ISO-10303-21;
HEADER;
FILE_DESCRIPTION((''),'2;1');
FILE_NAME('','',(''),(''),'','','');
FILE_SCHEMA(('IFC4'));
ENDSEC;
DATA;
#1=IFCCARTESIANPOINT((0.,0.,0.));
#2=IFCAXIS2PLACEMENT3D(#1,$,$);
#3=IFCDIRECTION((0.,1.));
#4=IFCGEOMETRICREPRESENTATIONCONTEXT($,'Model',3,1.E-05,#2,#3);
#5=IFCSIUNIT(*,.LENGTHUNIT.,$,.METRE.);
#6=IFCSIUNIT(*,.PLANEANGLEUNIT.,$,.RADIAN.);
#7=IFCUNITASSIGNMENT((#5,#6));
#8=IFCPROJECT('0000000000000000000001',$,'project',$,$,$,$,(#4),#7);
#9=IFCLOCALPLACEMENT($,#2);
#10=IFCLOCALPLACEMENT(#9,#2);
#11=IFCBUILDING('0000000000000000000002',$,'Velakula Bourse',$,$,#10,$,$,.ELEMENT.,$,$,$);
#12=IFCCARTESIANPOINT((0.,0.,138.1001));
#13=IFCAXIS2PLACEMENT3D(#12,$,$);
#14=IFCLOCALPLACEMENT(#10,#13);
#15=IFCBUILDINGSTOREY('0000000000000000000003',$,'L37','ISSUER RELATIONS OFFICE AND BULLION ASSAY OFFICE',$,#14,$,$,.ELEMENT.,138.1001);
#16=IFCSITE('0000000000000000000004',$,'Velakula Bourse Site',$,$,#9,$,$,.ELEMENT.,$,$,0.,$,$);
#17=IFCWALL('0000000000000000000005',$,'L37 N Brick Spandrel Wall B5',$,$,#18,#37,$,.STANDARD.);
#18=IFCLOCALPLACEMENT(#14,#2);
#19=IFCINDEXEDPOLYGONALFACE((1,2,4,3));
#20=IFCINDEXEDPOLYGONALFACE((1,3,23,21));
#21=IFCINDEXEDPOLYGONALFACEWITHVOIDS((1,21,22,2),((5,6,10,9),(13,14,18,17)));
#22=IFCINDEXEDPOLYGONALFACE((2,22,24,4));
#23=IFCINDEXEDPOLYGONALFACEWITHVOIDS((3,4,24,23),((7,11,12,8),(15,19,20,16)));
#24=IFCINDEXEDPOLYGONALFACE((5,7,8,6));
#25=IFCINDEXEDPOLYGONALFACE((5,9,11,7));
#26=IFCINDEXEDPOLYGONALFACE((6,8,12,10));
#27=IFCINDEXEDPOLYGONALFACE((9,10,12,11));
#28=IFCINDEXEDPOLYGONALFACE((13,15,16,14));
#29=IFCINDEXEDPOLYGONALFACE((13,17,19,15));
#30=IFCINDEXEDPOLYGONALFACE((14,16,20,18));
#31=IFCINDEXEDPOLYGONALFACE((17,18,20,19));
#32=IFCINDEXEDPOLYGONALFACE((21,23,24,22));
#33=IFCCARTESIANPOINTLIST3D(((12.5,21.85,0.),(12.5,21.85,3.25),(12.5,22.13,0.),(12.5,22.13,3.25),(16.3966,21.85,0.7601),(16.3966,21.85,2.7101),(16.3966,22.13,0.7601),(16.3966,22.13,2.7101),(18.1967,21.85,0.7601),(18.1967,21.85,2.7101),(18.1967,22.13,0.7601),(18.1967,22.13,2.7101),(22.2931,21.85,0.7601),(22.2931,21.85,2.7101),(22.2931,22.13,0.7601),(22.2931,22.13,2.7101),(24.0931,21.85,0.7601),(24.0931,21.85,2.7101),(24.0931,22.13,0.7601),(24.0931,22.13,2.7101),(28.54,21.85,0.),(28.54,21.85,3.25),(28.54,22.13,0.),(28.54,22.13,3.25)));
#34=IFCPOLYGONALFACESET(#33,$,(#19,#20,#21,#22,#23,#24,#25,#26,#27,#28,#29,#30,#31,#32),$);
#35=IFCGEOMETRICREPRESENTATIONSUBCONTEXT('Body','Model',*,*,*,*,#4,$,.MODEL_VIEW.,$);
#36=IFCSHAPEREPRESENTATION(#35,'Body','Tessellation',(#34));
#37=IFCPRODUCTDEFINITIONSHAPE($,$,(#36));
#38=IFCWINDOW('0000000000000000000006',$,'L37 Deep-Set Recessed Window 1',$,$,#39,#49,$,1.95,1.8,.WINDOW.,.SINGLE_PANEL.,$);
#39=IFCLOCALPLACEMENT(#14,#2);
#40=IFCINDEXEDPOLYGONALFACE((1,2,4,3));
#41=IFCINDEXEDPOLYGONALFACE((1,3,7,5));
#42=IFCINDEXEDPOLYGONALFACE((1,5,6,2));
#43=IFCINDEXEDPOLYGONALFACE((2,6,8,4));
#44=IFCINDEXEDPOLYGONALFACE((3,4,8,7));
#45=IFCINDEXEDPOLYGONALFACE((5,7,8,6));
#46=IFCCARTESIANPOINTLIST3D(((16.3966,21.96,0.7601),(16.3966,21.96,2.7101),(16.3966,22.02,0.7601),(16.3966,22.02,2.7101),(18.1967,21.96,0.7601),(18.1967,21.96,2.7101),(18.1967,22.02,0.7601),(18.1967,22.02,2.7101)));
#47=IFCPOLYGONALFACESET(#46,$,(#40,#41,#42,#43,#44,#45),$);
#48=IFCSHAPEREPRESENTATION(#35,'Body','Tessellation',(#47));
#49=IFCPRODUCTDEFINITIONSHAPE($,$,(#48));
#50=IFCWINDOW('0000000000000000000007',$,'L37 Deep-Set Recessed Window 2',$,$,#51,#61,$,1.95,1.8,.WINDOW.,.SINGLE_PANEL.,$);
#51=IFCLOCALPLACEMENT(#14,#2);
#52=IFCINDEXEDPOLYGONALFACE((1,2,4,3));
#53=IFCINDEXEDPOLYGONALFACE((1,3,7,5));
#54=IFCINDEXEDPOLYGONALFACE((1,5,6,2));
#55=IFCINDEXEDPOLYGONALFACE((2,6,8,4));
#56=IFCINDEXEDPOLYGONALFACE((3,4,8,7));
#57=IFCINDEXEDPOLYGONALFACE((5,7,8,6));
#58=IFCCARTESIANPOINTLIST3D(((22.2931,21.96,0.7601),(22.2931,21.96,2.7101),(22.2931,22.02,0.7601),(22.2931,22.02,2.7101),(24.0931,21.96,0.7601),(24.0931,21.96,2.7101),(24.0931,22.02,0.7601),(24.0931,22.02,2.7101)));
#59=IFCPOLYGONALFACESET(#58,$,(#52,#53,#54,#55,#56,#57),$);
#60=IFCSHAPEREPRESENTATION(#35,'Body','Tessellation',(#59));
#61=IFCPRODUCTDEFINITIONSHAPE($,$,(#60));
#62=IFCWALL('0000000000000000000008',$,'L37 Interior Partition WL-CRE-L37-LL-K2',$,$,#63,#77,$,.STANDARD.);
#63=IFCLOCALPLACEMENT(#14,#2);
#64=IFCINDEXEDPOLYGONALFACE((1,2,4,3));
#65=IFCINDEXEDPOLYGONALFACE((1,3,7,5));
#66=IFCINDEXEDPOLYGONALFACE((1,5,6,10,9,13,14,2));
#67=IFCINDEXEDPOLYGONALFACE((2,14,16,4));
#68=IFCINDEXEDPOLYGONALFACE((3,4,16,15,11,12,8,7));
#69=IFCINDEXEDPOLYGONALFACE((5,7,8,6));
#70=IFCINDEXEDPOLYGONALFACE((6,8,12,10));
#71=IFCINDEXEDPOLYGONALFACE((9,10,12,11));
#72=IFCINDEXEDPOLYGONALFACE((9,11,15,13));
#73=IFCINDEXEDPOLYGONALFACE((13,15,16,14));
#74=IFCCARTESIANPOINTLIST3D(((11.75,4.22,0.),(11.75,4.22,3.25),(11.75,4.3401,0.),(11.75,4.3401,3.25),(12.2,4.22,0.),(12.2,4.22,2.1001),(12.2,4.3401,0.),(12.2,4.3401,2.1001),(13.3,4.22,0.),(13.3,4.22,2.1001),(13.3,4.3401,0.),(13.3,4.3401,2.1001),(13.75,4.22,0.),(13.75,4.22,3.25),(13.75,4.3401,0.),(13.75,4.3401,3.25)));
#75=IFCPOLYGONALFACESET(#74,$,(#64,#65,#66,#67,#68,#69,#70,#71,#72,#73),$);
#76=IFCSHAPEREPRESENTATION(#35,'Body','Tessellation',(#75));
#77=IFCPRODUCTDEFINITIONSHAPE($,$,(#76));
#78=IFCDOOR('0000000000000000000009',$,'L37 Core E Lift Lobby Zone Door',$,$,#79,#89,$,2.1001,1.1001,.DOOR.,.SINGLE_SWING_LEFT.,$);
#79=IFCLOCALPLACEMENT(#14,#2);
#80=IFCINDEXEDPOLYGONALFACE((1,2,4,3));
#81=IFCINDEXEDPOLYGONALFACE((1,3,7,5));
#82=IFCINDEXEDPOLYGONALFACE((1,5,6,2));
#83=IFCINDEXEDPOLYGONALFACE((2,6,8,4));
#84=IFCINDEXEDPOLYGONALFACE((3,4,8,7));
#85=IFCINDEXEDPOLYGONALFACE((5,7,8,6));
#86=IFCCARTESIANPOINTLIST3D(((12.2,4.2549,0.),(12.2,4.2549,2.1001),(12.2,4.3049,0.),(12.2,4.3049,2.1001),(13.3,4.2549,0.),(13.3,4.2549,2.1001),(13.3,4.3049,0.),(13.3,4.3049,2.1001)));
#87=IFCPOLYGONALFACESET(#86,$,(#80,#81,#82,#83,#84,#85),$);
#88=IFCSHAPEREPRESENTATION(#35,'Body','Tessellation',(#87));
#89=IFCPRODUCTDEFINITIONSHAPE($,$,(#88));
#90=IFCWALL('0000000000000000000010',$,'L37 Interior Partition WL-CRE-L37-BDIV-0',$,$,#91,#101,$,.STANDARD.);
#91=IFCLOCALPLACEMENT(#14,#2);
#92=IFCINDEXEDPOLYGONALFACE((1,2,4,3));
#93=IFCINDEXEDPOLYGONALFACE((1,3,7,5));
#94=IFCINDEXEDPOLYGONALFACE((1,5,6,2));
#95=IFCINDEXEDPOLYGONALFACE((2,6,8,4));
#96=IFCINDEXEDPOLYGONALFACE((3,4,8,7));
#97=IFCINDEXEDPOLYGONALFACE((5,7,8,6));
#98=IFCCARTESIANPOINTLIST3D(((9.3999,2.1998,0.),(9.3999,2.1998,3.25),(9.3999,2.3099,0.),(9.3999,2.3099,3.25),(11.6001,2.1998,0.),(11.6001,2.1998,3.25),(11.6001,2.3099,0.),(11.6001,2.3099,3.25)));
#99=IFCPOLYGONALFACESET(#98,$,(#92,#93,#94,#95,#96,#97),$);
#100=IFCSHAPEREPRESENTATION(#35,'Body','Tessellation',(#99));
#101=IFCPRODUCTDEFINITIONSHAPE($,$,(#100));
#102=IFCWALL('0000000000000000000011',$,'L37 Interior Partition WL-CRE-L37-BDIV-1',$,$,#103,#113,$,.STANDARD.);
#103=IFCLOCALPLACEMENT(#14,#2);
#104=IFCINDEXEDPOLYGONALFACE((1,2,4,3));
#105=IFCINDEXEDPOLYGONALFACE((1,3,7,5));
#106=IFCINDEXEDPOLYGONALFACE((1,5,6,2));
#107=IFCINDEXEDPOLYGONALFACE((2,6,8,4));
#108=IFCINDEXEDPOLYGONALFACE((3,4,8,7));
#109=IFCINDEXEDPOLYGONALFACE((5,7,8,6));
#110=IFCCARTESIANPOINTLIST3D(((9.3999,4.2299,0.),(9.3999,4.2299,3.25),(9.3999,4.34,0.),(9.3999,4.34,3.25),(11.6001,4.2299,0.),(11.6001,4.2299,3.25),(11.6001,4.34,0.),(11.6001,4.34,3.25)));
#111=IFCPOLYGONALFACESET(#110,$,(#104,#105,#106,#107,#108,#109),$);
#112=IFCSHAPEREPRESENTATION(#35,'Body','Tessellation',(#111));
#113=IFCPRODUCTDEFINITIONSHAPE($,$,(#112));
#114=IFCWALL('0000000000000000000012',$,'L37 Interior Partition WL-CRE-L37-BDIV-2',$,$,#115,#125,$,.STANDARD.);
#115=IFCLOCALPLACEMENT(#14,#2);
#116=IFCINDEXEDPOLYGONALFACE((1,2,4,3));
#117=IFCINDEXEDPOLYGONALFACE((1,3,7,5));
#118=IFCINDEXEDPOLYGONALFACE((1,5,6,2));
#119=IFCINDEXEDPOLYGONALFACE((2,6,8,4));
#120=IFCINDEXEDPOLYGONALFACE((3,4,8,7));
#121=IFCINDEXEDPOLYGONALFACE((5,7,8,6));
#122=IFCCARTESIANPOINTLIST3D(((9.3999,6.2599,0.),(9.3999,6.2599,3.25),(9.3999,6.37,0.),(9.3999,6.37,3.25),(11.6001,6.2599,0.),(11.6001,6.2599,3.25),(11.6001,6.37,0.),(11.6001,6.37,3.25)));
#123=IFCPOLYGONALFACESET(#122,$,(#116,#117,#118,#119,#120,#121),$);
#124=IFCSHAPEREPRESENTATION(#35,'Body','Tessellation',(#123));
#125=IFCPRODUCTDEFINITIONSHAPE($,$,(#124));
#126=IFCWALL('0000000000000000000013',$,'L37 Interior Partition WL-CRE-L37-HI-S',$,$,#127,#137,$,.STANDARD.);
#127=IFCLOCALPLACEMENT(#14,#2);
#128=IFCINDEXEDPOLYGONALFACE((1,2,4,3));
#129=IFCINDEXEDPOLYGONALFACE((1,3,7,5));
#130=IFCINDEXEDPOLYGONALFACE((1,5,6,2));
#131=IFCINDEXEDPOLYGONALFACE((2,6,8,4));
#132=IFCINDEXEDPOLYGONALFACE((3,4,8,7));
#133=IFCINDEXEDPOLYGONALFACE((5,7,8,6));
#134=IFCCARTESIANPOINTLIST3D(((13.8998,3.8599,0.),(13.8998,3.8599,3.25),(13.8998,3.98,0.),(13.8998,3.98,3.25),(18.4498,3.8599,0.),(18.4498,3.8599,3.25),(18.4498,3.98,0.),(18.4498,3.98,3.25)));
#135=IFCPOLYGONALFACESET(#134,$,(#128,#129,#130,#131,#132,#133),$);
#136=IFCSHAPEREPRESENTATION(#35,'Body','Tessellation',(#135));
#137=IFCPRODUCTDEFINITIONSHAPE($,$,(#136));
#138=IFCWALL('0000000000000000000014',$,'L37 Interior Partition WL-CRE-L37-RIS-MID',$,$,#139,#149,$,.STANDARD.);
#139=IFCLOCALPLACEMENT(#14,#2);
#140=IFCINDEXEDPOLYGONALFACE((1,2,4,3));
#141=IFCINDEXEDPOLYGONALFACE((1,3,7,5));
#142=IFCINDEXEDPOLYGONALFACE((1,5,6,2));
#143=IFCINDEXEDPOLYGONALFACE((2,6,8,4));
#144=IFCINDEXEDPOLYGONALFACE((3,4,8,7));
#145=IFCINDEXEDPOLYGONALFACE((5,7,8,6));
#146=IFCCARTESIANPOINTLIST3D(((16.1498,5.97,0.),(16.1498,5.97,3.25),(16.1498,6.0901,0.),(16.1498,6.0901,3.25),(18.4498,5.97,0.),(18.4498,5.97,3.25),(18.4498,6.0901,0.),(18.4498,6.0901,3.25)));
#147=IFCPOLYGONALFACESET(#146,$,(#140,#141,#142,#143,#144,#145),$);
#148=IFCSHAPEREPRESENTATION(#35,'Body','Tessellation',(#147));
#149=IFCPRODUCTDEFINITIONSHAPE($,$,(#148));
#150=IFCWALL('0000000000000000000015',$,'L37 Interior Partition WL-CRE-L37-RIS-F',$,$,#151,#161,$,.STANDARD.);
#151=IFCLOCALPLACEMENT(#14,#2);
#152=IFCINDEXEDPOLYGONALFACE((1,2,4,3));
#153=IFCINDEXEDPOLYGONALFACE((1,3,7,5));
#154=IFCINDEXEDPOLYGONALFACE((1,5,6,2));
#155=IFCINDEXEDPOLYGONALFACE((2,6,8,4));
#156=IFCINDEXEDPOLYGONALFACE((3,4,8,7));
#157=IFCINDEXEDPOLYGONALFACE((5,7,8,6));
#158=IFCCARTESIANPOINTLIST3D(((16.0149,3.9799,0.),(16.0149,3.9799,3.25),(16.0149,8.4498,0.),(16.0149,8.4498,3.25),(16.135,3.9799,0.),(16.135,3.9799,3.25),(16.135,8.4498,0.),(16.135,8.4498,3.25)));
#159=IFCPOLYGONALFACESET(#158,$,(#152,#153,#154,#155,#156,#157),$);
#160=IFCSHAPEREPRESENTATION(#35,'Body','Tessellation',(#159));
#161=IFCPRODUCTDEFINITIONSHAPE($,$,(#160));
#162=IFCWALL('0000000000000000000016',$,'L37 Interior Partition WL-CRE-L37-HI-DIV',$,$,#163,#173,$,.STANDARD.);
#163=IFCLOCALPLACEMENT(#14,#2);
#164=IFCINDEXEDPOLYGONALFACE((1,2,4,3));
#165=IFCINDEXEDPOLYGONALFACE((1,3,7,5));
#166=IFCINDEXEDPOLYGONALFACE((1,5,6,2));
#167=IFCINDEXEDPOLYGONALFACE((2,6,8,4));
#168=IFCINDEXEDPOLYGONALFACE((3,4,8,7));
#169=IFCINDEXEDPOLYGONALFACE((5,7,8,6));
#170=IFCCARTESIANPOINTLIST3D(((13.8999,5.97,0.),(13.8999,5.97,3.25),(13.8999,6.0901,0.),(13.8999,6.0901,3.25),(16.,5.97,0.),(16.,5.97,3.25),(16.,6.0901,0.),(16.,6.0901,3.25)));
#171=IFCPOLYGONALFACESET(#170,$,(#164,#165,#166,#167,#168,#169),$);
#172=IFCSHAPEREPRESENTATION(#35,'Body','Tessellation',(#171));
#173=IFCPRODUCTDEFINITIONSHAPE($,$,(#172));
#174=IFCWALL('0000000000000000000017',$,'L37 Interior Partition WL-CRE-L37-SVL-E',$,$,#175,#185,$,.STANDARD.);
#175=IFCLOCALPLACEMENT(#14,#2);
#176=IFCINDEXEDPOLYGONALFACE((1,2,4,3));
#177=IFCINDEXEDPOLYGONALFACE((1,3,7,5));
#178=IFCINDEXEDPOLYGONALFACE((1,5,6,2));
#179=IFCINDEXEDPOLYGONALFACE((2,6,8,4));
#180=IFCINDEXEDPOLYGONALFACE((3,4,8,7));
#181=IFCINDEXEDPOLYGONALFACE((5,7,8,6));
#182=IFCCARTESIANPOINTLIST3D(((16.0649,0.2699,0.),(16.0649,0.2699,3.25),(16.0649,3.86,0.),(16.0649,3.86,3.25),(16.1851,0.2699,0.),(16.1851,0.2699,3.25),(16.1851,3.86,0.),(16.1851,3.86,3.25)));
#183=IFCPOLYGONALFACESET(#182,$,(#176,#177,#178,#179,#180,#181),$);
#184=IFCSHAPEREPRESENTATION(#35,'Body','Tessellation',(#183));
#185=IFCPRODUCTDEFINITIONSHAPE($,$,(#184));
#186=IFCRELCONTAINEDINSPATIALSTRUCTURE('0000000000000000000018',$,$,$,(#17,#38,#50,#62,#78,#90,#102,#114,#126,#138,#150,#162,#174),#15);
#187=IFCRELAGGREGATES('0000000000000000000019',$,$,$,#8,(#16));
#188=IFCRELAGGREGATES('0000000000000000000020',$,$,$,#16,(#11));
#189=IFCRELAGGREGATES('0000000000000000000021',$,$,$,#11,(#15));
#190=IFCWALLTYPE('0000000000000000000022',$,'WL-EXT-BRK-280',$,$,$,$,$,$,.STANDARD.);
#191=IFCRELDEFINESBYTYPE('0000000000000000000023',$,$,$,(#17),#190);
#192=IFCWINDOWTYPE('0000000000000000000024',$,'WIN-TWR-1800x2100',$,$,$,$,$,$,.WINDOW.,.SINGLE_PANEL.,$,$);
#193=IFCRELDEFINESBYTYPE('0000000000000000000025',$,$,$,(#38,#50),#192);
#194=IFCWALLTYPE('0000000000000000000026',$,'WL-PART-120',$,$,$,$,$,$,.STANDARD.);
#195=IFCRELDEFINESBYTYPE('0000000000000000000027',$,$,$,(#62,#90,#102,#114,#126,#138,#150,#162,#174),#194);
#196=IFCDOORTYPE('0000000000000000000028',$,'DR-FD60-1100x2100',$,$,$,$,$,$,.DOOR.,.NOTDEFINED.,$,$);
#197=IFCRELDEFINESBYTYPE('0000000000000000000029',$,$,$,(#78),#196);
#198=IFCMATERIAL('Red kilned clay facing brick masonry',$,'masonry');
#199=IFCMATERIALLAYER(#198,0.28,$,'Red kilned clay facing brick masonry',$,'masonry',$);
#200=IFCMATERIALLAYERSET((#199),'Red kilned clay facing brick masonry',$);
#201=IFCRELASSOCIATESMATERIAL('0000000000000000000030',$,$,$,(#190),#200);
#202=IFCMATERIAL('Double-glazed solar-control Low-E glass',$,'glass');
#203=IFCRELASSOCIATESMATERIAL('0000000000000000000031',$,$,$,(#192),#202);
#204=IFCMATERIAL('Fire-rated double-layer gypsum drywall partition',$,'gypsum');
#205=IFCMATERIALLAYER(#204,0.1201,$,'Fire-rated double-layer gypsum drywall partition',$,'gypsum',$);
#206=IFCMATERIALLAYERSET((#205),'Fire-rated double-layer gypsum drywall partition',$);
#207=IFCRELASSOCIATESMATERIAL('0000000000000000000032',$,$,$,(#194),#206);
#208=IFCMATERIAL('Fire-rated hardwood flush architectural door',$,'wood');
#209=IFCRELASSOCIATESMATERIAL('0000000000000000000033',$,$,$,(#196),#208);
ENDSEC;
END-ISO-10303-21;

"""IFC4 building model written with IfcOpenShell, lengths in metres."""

from ifc_helpers import new_model, si_unit, direction, frame, frame_2d, origin, place, context, subcontext, project, spatial, rectangle, extrude, material, layer, layer_set, type_object, element, fill, save


model = new_model("IFC4")

# Units and contexts
model_context = context("Model", 3, precision=1e-05, world=origin(), true_north=direction((0.0, 1.0)))
body_context = subcontext(model_context, "Body", "Model", "MODEL_VIEW")
ifc_project = project(units=[si_unit("LENGTHUNIT", "METRE"), si_unit("PLANEANGLEUNIT", "RADIAN")], contexts=[model_context])

# Site, building, storey
site_placement = place(None, origin())
site = spatial("IfcSite", under=ifc_project, at=site_placement, Name="Velakula Bourse Site", CompositionType="ELEMENT", RefElevation=0.0)
building_placement = place(site_placement, origin())
building = spatial("IfcBuilding", under=site, at=building_placement, Name="Velakula Bourse", CompositionType="ELEMENT")
storey_placement = place(building_placement, frame((0.0, 0.0, 138.1001)))
storey = spatial("IfcBuildingStorey", under=building, at=storey_placement, Name="L37", Description="ISSUER RELATIONS OFFICE AND BULLION ASSAY OFFICE", CompositionType="ELEMENT", Elevation=138.1001)

# Wall, openings, windows
ifc_material_1 = material(Name="Red kilned clay facing brick masonry", Category="masonry")
ifc_layer_1 = layer(ifc_material_1, 0.28, Name="Red kilned clay facing brick masonry", Category="masonry")
ifc_layer_set_1 = layer_set([ifc_layer_1], Name="Red kilned clay facing brick masonry")
wall_type_1 = type_object("IfcWallType", Name="WL-EXT-BRK-280", PredefinedType="STANDARD", material=ifc_layer_set_1)
wall_1_placement = place(storey_placement, frame((12.5, 21.99, 0.0), z_axis=(0.0, 0.0, 1.0), x_axis=(1.0, 0.0, 0.0)))
wall_1 = element("IfcWall", 1, at=wall_1_placement, inside=storey, type_object=wall_type_1, Name="L37 N Brick Spandrel Wall B5", PredefinedType="STANDARD", context=body_context, shape_type="SweptSolid", body=[
    extrude(rectangle(XDim=16.04, YDim=0.28, at=frame_2d((8.02, 0.0))), origin(), (0.0, 0.0, 1.0), 3.25),
])
opening_1_placement = place(wall_1_placement, frame((3.8967, 0.0, 0.76)))
opening_1 = element("IfcOpeningElement", 2, at=opening_1_placement, cuts=wall_1, PredefinedType="OPENING", context=body_context, shape_type="SweptSolid", body=[
    extrude(rectangle(XDim=1.8, YDim=1.95, at=frame_2d((0.8999, 0.9751))), frame((0.0, 0.1499, 0.0), z_axis=(0.0, -1.0, 0.0), x_axis=(1.0, 0.0, 0.0)), (0.0, 0.0, 1.0), 0.3),
])
opening_2_placement = place(wall_1_placement, frame((9.7932, 0.0, 0.76)))
opening_2 = element("IfcOpeningElement", 3, at=opening_2_placement, cuts=wall_1, PredefinedType="OPENING", context=body_context, shape_type="SweptSolid", body=[
    extrude(rectangle(XDim=1.8, YDim=1.95, at=frame_2d((0.8999, 0.9751))), frame((0.0, 0.1499, 0.0), z_axis=(0.0, -1.0, 0.0), x_axis=(1.0, 0.0, 0.0)), (0.0, 0.0, 1.0), 0.3),
])
ifc_material_2 = material(Name="Double-glazed solar-control Low-E glass", Category="glass")
window_type = type_object("IfcWindowType", Name="WIN-TWR-1800x2100", PartitioningType="SINGLE_PANEL", PredefinedType="WINDOW", material=ifc_material_2)
window_1_placement = place(opening_1_placement, origin())
window_1 = element("IfcWindow", 4, at=window_1_placement, inside=storey, type_object=window_type, Name="L37 Deep-Set Recessed Window 1", OverallHeight=1.95, OverallWidth=1.8, PartitioningType="SINGLE_PANEL", PredefinedType="WINDOW", context=body_context, shape_type="SweptSolid", body=[
    extrude(rectangle(XDim=1.8, YDim=1.95, at=frame_2d((0.8999, 0.9751))), frame((0.0, 0.03, 0.0), z_axis=(0.0, -1.0, 0.0), x_axis=(1.0, 0.0, 0.0)), (0.0, 0.0, 1.0), 0.0601),
])
fill(opening_1, window_1)
window_2_placement = place(opening_2_placement, origin())
window_2 = element("IfcWindow", 5, at=window_2_placement, inside=storey, type_object=window_type, Name="L37 Deep-Set Recessed Window 2", OverallHeight=1.95, OverallWidth=1.8, PartitioningType="SINGLE_PANEL", PredefinedType="WINDOW", context=body_context, shape_type="SweptSolid", body=[
    extrude(rectangle(XDim=1.8, YDim=1.95, at=frame_2d((0.8999, 0.9751))), frame((0.0, 0.03, 0.0), z_axis=(0.0, -1.0, 0.0), x_axis=(1.0, 0.0, 0.0)), (0.0, 0.0, 1.0), 0.0601),
])
fill(opening_2, window_2)

# Wall, opening, door
ifc_material_3 = material(Name="Fire-rated double-layer gypsum drywall partition", Category="gypsum")
ifc_layer_2 = layer(ifc_material_3, 0.1201, Name="Fire-rated double-layer gypsum drywall partition", Category="gypsum")
ifc_layer_set_2 = layer_set([ifc_layer_2], Name="Fire-rated double-layer gypsum drywall partition")
wall_type_2 = type_object("IfcWallType", Name="WL-PART-120", PredefinedType="STANDARD", material=ifc_layer_set_2)
wall_2_placement = place(storey_placement, frame((11.75, 4.28, 0.0), z_axis=(0.0, 0.0, 1.0), x_axis=(1.0, 0.0, 0.0)))
wall_2 = element("IfcWall", 6, at=wall_2_placement, inside=storey, type_object=wall_type_2, Name="L37 Interior Partition WL-CRE-L37-LL-K2", PredefinedType="STANDARD", context=body_context, shape_type="SweptSolid", body=[
    extrude(rectangle(XDim=2.0, YDim=0.1201, at=frame_2d((1.0, 0.0))), origin(), (0.0, 0.0, 1.0), 3.25),
])
opening_3_placement = place(wall_2_placement, frame((0.45, 0.0, 0.0)))
opening_3 = element("IfcOpeningElement", 7, at=opening_3_placement, cuts=wall_2, PredefinedType="OPENING", context=body_context, shape_type="SweptSolid", body=[
    extrude(rectangle(XDim=1.1001, YDim=2.1001, at=frame_2d((0.55, 1.05))), frame((0.0, 0.0701, 0.0), z_axis=(0.0, -1.0, 0.0), x_axis=(1.0, 0.0, 0.0)), (0.0, 0.0, 1.0), 0.1401),
])
ifc_material_4 = material(Name="Fire-rated hardwood flush architectural door", Category="wood")
door_type_1 = type_object("IfcDoorType", Name="DR-FD60-1100x2100", OperationType="NOTDEFINED", PredefinedType="DOOR", material=ifc_material_4)
door_1_placement = place(opening_3_placement, origin())
door_1 = element("IfcDoor", 8, at=door_1_placement, inside=storey, type_object=door_type_1, Name="L37 Core E Lift Lobby Zone Door", OperationType="SINGLE_SWING_LEFT", OverallHeight=2.1001, OverallWidth=1.1001, PredefinedType="DOOR", context=body_context, shape_type="SweptSolid", body=[
    extrude(rectangle(XDim=1.1001, YDim=2.1001, at=frame_2d((0.55, 1.05))), frame((0.0, 0.0249, 0.0), z_axis=(0.0, -1.0, 0.0), x_axis=(1.0, 0.0, 0.0)), (0.0, 0.0, 1.0), 0.05),
])
fill(opening_3, door_1)

# Walls
for number, where, z_axis, x_axis, name in (
    (9, (9.3999, 2.2549, 0.0), (0.0, 0.0, 1.0), (1.0, 0.0, 0.0), "L37 Interior Partition WL-CRE-L37-BDIV-0"),
    (10, (9.3999, 4.2849, 0.0), (0.0, 0.0, 1.0), (1.0, 0.0, 0.0), "L37 Interior Partition WL-CRE-L37-BDIV-1"),
    (11, (9.3999, 6.3149, 0.0), (0.0, 0.0, 1.0), (1.0, 0.0, 0.0), "L37 Interior Partition WL-CRE-L37-BDIV-2"),
):
    element("IfcWall", number, at=place(storey_placement, frame(where, z_axis=z_axis, x_axis=x_axis)), inside=storey, type_object=wall_type_2, Name=name, PredefinedType="STANDARD", context=body_context, shape_type="SweptSolid", body=[
        extrude(rectangle(XDim=2.2002, YDim=0.1101, at=frame_2d((1.1001, 0.0))), origin(), (0.0, 0.0, 1.0), 3.25),
    ])
wall_3_placement = place(storey_placement, frame((13.8999, 3.9199, 0.0), z_axis=(0.0, 0.0, 1.0), x_axis=(1.0, 0.0, 0.0)))
element("IfcWall", 12, at=wall_3_placement, inside=storey, type_object=wall_type_2, Name="L37 Interior Partition WL-CRE-L37-HI-S", PredefinedType="STANDARD", context=body_context, shape_type="SweptSolid", body=[
    extrude(rectangle(XDim=4.55, YDim=0.1201, at=frame_2d((2.2749, 0.0))), origin(), (0.0, 0.0, 1.0), 3.25),
])
wall_4_placement = place(storey_placement, frame((16.1499, 6.03, 0.0), z_axis=(0.0, 0.0, 1.0), x_axis=(1.0, 0.0, 0.0)))
element("IfcWall", 13, at=wall_4_placement, inside=storey, type_object=wall_type_2, Name="L37 Interior Partition WL-CRE-L37-RIS-MID", PredefinedType="STANDARD", context=body_context, shape_type="SweptSolid", body=[
    extrude(rectangle(XDim=2.3, YDim=0.1201, at=frame_2d((1.1499, 0.0))), origin(), (0.0, 0.0, 1.0), 3.25),
])
wall_5_placement = place(storey_placement, frame((16.075, 3.98, 0.0), z_axis=(0.0, 0.0, 1.0), x_axis=(0.0, 1.0, 0.0)))
element("IfcWall", 14, at=wall_5_placement, inside=storey, type_object=wall_type_2, Name="L37 Interior Partition WL-CRE-L37-RIS-F", PredefinedType="STANDARD", context=body_context, shape_type="SweptSolid", body=[
    extrude(rectangle(XDim=4.47, YDim=0.1201, at=frame_2d((2.2349, 0.0))), origin(), (0.0, 0.0, 1.0), 3.25),
])
wall_6_placement = place(storey_placement, frame((13.8999, 6.03, 0.0), z_axis=(0.0, 0.0, 1.0), x_axis=(1.0, 0.0, 0.0)))
element("IfcWall", 15, at=wall_6_placement, inside=storey, type_object=wall_type_2, Name="L37 Interior Partition WL-CRE-L37-HI-DIV", PredefinedType="STANDARD", context=body_context, shape_type="SweptSolid", body=[
    extrude(rectangle(XDim=2.1001, YDim=0.1201, at=frame_2d((1.05, 0.0))), origin(), (0.0, 0.0, 1.0), 3.25),
])
wall_7_placement = place(storey_placement, frame((16.125, 0.27, 0.0), z_axis=(0.0, 0.0, 1.0), x_axis=(0.0, 1.0, 0.0)))
element("IfcWall", 16, at=wall_7_placement, inside=storey, type_object=wall_type_2, Name="L37 Interior Partition WL-CRE-L37-SVL-E", PredefinedType="STANDARD", context=body_context, shape_type="SweptSolid", body=[
    extrude(rectangle(XDim=3.5901, YDim=0.1201, at=frame_2d((1.7949, 0.0))), origin(), (0.0, 0.0, 1.0), 3.25),
])

save(model, "model.ifc")
